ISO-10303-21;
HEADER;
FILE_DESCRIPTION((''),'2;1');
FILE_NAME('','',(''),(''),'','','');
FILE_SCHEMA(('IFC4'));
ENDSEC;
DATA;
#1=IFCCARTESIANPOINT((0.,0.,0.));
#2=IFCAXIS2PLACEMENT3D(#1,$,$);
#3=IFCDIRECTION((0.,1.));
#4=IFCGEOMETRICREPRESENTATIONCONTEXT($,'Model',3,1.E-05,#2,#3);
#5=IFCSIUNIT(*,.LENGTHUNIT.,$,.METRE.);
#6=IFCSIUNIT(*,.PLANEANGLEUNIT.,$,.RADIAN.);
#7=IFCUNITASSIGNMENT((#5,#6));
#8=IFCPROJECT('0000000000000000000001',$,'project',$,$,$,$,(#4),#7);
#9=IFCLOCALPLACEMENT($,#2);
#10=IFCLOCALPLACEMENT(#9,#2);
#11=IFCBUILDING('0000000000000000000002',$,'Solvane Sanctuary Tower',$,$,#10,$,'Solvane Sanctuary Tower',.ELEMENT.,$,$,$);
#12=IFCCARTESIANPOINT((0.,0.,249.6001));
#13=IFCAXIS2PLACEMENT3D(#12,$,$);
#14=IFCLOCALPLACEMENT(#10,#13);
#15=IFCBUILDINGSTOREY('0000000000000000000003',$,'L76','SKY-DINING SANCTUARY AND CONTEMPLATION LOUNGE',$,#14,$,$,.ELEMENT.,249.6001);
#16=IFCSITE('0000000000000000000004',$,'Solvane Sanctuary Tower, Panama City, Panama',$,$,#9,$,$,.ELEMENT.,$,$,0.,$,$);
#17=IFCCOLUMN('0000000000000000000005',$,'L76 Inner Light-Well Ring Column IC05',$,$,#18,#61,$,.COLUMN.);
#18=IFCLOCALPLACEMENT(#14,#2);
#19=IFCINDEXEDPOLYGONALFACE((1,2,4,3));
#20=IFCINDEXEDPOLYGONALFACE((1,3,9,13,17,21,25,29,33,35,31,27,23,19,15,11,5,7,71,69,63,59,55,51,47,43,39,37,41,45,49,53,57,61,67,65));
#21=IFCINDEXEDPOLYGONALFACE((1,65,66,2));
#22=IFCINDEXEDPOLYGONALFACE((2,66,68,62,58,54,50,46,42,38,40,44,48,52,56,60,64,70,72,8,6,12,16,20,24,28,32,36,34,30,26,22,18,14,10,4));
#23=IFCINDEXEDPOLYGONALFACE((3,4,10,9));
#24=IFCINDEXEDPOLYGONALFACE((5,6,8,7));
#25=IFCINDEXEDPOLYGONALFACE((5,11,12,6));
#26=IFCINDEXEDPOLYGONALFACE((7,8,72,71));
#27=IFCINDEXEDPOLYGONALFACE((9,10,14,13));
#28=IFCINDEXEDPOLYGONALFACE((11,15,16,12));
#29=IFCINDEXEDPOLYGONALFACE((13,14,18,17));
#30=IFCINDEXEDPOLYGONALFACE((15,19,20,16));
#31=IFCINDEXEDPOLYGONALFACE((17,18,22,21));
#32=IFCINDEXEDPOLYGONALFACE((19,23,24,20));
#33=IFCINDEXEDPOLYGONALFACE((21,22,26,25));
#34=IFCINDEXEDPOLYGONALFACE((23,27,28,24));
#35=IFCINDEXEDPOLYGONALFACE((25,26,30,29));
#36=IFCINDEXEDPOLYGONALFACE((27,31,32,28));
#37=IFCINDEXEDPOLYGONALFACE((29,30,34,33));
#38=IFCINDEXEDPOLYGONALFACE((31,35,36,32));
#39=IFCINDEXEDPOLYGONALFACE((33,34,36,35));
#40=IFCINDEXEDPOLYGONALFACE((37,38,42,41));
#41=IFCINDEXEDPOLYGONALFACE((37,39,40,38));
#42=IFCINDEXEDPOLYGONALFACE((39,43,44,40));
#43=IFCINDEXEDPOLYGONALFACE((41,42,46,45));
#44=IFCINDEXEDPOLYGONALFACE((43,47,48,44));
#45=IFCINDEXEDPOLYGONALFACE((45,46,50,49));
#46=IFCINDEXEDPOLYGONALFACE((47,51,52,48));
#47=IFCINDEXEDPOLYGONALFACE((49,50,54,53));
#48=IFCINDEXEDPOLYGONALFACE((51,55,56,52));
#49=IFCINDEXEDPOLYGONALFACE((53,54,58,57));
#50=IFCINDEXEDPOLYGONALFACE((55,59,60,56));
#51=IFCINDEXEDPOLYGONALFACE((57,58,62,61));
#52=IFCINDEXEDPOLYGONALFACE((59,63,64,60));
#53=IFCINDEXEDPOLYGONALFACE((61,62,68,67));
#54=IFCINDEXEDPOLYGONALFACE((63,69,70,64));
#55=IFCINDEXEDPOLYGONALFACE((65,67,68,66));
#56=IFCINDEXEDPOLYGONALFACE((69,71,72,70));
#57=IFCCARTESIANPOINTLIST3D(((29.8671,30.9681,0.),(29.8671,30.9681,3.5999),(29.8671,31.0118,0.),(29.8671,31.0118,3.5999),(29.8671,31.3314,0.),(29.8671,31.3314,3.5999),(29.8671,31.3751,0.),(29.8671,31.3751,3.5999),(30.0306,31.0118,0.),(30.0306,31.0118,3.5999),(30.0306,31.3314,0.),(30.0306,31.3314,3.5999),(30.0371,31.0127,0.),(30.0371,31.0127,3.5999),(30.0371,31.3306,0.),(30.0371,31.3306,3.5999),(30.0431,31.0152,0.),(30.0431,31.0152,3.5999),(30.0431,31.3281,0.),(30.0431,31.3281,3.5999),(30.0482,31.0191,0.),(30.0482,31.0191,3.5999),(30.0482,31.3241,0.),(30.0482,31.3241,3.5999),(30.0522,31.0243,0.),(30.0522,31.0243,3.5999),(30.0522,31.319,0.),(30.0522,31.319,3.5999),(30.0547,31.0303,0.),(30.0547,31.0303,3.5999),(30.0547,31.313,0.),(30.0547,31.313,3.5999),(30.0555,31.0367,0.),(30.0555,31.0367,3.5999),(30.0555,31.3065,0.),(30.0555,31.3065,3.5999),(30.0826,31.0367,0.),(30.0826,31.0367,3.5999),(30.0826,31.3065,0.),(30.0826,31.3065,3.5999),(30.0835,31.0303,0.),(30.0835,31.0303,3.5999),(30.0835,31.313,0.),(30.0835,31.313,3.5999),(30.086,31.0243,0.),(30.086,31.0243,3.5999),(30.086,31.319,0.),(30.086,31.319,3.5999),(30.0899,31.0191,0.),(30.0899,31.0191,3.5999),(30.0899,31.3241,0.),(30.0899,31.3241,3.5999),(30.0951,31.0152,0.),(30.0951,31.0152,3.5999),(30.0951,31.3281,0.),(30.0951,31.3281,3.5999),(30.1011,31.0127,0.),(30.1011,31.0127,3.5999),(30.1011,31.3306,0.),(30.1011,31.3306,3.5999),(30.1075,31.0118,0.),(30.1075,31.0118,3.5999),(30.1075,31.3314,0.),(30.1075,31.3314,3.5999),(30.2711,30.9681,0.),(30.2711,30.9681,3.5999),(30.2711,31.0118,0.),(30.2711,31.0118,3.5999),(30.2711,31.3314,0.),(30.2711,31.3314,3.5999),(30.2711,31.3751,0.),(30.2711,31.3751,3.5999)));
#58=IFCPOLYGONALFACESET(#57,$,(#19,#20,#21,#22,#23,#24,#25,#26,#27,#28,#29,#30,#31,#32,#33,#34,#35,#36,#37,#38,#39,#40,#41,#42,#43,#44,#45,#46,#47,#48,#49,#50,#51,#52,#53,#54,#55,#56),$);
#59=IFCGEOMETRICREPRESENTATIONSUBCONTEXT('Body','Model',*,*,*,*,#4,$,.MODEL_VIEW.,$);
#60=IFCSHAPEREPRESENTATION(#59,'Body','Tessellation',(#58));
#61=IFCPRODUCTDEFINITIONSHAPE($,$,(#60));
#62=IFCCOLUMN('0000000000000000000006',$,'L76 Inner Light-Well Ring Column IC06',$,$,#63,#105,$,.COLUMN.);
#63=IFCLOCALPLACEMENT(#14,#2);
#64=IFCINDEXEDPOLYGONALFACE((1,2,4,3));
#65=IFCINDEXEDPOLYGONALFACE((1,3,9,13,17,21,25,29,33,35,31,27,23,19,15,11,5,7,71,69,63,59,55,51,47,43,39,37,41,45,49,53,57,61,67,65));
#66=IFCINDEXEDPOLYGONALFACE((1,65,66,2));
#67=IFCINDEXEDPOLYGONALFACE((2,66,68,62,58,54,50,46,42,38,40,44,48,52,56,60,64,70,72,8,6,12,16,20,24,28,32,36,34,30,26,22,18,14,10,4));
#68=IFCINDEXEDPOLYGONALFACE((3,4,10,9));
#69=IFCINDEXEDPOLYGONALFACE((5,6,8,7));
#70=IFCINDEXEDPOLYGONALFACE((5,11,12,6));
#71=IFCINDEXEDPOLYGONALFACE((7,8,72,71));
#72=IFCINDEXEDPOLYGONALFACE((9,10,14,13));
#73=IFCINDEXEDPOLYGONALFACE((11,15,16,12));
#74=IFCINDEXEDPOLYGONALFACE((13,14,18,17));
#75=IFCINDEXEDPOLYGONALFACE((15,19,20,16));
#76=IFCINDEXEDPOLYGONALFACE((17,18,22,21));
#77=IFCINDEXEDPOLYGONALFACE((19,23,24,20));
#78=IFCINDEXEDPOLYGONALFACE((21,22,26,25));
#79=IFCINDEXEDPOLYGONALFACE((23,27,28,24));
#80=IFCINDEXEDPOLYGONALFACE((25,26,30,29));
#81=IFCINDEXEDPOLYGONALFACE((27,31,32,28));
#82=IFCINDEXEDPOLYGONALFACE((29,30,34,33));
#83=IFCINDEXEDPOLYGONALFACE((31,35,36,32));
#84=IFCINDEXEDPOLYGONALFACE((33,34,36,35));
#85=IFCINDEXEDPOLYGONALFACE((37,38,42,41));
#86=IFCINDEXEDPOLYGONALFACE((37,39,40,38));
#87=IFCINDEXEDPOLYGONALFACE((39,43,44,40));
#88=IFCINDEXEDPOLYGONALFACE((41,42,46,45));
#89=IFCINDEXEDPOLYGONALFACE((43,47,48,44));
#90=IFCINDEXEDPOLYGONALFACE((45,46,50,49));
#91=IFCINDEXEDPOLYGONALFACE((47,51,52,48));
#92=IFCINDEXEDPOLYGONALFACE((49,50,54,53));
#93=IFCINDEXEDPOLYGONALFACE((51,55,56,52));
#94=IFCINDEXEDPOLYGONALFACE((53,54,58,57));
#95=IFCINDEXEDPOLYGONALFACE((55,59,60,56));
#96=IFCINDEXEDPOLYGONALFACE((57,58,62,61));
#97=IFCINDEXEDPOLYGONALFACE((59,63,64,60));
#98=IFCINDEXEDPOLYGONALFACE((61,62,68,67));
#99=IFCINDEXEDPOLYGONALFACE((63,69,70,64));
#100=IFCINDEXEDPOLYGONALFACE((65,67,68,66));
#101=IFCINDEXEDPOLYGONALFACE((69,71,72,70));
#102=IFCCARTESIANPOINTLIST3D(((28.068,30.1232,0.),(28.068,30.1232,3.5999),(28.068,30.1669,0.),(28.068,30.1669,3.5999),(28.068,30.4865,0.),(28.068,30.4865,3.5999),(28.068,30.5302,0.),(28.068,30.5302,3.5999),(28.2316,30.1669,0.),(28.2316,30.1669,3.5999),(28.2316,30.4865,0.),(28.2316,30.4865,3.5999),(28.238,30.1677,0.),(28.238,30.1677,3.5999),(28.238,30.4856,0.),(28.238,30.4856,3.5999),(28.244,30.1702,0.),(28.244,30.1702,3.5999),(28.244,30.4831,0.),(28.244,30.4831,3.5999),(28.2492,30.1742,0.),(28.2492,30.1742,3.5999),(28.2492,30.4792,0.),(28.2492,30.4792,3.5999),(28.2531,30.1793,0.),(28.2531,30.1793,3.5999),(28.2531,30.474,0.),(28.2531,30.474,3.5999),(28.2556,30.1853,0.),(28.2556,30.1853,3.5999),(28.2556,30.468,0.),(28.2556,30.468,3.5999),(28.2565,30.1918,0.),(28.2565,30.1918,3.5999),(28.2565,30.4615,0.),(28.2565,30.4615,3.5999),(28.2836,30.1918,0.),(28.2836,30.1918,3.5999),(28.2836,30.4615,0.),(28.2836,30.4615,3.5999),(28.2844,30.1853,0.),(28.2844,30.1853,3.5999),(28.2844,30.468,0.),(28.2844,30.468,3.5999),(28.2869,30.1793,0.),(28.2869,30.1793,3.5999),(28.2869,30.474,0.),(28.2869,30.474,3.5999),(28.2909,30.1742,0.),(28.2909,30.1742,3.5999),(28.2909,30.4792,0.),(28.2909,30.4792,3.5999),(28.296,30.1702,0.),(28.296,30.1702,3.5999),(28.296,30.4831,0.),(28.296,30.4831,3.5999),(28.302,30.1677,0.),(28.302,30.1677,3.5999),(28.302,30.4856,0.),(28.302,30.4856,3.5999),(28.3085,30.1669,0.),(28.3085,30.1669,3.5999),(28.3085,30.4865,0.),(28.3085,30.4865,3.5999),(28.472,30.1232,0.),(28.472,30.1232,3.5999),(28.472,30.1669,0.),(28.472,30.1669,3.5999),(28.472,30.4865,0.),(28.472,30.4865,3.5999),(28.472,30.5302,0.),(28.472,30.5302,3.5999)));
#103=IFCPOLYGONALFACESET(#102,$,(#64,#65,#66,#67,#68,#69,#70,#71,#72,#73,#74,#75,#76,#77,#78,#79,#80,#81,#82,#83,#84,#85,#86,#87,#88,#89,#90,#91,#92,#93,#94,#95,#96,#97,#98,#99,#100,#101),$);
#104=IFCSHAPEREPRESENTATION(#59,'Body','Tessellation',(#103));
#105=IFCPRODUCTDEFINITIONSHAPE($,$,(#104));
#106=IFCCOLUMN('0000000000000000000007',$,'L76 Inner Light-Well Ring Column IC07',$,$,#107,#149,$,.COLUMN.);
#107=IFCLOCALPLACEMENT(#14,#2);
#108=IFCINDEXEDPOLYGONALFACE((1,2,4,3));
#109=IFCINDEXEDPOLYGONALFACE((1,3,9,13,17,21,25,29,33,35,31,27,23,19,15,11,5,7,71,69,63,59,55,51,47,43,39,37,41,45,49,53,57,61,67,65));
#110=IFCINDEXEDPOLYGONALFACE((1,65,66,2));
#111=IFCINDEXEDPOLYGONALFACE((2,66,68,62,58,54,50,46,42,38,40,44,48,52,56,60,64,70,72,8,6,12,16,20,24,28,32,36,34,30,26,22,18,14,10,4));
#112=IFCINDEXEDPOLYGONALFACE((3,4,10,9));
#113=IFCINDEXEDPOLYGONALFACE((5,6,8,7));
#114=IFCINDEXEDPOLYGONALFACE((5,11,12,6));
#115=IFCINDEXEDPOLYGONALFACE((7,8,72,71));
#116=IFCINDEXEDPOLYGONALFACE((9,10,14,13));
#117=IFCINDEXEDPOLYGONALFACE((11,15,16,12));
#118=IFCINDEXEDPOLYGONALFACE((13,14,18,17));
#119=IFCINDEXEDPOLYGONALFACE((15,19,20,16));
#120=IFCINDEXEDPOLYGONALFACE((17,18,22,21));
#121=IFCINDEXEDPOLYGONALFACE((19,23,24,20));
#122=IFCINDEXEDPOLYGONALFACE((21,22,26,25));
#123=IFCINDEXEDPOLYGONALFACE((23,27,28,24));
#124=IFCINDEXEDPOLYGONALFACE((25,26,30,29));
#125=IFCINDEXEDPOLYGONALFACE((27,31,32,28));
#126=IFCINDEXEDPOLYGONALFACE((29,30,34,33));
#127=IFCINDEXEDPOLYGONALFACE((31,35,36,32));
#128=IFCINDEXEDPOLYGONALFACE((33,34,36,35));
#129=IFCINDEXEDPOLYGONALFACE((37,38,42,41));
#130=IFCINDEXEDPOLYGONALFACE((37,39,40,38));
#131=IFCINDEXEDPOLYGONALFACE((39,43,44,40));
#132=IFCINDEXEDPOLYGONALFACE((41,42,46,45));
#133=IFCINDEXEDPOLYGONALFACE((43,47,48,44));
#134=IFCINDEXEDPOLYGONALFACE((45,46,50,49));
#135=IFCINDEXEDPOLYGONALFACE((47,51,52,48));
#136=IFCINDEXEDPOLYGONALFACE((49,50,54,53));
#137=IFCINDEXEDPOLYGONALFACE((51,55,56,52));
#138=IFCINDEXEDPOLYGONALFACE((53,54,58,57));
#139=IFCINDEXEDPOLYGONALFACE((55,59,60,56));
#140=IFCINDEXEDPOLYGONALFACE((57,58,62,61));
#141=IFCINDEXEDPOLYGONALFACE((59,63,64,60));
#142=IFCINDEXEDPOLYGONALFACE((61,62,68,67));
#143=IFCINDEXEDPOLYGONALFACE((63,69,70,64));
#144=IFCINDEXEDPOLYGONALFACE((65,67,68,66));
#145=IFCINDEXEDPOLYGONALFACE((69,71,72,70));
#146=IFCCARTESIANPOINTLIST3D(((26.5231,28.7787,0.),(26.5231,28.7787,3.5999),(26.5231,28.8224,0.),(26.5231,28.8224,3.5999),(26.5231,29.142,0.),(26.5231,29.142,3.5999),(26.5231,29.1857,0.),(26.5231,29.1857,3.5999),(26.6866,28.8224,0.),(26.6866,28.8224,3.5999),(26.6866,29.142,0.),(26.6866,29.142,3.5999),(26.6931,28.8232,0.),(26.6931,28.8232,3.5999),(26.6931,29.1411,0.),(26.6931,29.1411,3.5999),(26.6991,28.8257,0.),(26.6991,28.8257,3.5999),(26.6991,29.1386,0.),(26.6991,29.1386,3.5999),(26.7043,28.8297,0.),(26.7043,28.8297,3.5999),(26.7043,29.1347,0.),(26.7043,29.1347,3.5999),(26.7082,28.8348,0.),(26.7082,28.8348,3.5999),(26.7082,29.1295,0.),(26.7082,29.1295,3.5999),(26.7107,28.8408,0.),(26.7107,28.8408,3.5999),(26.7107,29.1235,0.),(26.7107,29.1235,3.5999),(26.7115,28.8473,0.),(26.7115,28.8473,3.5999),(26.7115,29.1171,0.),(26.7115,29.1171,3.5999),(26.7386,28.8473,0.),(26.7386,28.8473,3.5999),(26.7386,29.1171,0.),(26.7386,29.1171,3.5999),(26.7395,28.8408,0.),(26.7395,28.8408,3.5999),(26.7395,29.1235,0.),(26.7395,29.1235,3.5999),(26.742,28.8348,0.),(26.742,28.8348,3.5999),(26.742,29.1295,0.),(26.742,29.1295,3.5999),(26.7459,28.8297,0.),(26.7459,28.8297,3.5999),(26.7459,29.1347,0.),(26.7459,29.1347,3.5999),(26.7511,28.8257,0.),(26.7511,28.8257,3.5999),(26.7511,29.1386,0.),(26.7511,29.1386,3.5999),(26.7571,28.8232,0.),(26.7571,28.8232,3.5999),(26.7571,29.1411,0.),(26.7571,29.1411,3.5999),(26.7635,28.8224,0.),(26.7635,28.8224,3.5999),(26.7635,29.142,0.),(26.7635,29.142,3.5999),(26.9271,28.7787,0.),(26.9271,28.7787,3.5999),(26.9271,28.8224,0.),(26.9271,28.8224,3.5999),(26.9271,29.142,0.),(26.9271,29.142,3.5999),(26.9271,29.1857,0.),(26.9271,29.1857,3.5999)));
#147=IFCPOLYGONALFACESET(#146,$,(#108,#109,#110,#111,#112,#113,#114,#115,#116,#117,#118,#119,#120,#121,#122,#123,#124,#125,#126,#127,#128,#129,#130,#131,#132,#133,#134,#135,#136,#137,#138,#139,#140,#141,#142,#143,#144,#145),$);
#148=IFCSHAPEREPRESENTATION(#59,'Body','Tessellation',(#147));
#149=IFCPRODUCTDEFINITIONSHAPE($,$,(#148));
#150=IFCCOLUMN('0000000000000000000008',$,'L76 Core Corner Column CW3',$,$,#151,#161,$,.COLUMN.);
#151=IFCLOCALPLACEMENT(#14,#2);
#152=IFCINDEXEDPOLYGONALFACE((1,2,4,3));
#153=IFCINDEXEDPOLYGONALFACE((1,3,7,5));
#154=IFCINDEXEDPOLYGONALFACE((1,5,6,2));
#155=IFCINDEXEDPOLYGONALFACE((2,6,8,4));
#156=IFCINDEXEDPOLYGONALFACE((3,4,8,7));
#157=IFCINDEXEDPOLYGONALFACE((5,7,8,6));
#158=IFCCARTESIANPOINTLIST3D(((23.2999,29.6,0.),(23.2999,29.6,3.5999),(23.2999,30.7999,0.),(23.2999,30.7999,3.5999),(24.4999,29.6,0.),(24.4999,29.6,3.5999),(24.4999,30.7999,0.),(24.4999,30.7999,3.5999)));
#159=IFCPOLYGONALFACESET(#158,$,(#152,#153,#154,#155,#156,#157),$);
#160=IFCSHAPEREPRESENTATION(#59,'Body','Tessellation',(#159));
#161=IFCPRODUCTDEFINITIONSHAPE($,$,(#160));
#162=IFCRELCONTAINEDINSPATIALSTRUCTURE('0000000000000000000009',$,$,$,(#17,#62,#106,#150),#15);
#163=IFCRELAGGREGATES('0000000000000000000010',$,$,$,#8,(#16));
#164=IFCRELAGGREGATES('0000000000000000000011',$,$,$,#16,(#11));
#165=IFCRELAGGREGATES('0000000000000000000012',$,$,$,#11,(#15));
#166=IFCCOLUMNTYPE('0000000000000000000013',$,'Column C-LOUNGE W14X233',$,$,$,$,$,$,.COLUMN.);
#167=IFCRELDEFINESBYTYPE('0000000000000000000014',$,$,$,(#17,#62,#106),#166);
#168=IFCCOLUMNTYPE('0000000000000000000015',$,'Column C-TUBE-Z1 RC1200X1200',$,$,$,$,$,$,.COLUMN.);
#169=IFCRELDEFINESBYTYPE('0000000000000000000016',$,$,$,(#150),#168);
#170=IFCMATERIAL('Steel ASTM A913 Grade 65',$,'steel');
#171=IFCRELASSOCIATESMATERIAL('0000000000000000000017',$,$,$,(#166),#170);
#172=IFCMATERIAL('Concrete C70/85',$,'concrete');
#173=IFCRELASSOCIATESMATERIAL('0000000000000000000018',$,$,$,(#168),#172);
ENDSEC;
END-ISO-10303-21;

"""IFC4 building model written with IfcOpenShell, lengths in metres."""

from ifc_helpers import new_model, si_unit, direction, frame, origin, origin_2d, place, context, subcontext, project, spatial, rectangle, i_section, extrude, material, material_profile, profile_set, type_object, element, save


model = new_model("IFC4")

# Units and contexts
model_context = context("Model", 3, precision=1e-05, world=origin(), true_north=direction((0.0, 1.0)))
body_context = subcontext(model_context, "Body", "Model", "MODEL_VIEW")
ifc_project = project(units=[si_unit("LENGTHUNIT", "METRE"), si_unit("PLANEANGLEUNIT", "RADIAN")], contexts=[model_context])

# Site, building, storey
site_placement = place(None, origin())
site = spatial("IfcSite", under=ifc_project, at=site_placement, Name="Solvane Sanctuary Tower, Panama City, Panama", CompositionType="ELEMENT", RefElevation=0.0)
building_placement = place(site_placement, origin())
building = spatial("IfcBuilding", under=site, at=building_placement, Name="Solvane Sanctuary Tower", LongName="Solvane Sanctuary Tower", CompositionType="ELEMENT")
storey_placement = place(building_placement, frame((0.0, 0.0, 249.6001)))
storey = spatial("IfcBuildingStorey", under=building, at=storey_placement, Name="L76", Description="SKY-DINING SANCTUARY AND CONTEMPLATION LOUNGE", CompositionType="ELEMENT", Elevation=249.6001)

# Columns
ifc_material_1 = material(Name="Steel ASTM A913 Grade 65", Category="steel")
ifc_material_profile_1 = material_profile(ifc_material_1, i_section(OverallWidth=0.4041, OverallDepth=0.407, WebThickness=0.0271, FlangeThickness=0.0437, FilletRadius=0.0249, at=origin_2d()), Name="W14X233")
ifc_profile_set_1 = profile_set([ifc_material_profile_1], Name="Steel ASTM A913 Grade 65")
column_type_1 = type_object("IfcColumnType", Name="Column C-LOUNGE W14X233", PredefinedType="COLUMN", material=ifc_profile_set_1)
for number, where, z_axis, x_axis, name in (
    (1, (30.0691, 31.1716, 0.0), (0.0, 0.0, 1.0), (1.0, 0.0, 0.0), "L76 Inner Light-Well Ring Column IC05"),
    (2, (28.27, 30.3267, 0.0), (0.0, 0.0, 1.0), (1.0, 0.0, 0.0), "L76 Inner Light-Well Ring Column IC06"),
    (3, (26.7251, 28.9822, 0.0), (0.0, 0.0, 1.0), (1.0, 0.0, 0.0), "L76 Inner Light-Well Ring Column IC07"),
):
    element("IfcColumn", number, at=place(storey_placement, frame(where, z_axis=z_axis, x_axis=x_axis)), inside=storey, type_object=column_type_1, Name=name, PredefinedType="COLUMN", context=body_context, shape_type="SweptSolid", body=[
        extrude(i_section(OverallWidth=0.4041, OverallDepth=0.407, WebThickness=0.0271, FlangeThickness=0.0437, FilletRadius=0.0249, at=origin_2d()), origin(), (0.0, 0.0, 1.0), 3.5999),
    ])
ifc_material_2 = material(Name="Concrete C70/85", Category="concrete")
ifc_material_profile_2 = material_profile(ifc_material_2, rectangle(XDim=1.2, YDim=1.2, at=origin_2d()), Name="RC1200X1200")
ifc_profile_set_2 = profile_set([ifc_material_profile_2], Name="Concrete C70/85")
column_type_2 = type_object("IfcColumnType", Name="Column C-TUBE-Z1 RC1200X1200", PredefinedType="COLUMN", material=ifc_profile_set_2)
column_placement = place(storey_placement, frame((23.8999, 30.2, 0.0), z_axis=(0.0, 0.0, 1.0), x_axis=(1.0, 0.0, 0.0)))
element("IfcColumn", 4, at=column_placement, inside=storey, type_object=column_type_2, Name="L76 Core Corner Column CW3", PredefinedType="COLUMN", context=body_context, shape_type="SweptSolid", body=[
    extrude(rectangle(XDim=1.2, YDim=1.2, at=origin_2d()), origin(), (0.0, 0.0, 1.0), 3.5999),
])

save(model, "model.ifc")
